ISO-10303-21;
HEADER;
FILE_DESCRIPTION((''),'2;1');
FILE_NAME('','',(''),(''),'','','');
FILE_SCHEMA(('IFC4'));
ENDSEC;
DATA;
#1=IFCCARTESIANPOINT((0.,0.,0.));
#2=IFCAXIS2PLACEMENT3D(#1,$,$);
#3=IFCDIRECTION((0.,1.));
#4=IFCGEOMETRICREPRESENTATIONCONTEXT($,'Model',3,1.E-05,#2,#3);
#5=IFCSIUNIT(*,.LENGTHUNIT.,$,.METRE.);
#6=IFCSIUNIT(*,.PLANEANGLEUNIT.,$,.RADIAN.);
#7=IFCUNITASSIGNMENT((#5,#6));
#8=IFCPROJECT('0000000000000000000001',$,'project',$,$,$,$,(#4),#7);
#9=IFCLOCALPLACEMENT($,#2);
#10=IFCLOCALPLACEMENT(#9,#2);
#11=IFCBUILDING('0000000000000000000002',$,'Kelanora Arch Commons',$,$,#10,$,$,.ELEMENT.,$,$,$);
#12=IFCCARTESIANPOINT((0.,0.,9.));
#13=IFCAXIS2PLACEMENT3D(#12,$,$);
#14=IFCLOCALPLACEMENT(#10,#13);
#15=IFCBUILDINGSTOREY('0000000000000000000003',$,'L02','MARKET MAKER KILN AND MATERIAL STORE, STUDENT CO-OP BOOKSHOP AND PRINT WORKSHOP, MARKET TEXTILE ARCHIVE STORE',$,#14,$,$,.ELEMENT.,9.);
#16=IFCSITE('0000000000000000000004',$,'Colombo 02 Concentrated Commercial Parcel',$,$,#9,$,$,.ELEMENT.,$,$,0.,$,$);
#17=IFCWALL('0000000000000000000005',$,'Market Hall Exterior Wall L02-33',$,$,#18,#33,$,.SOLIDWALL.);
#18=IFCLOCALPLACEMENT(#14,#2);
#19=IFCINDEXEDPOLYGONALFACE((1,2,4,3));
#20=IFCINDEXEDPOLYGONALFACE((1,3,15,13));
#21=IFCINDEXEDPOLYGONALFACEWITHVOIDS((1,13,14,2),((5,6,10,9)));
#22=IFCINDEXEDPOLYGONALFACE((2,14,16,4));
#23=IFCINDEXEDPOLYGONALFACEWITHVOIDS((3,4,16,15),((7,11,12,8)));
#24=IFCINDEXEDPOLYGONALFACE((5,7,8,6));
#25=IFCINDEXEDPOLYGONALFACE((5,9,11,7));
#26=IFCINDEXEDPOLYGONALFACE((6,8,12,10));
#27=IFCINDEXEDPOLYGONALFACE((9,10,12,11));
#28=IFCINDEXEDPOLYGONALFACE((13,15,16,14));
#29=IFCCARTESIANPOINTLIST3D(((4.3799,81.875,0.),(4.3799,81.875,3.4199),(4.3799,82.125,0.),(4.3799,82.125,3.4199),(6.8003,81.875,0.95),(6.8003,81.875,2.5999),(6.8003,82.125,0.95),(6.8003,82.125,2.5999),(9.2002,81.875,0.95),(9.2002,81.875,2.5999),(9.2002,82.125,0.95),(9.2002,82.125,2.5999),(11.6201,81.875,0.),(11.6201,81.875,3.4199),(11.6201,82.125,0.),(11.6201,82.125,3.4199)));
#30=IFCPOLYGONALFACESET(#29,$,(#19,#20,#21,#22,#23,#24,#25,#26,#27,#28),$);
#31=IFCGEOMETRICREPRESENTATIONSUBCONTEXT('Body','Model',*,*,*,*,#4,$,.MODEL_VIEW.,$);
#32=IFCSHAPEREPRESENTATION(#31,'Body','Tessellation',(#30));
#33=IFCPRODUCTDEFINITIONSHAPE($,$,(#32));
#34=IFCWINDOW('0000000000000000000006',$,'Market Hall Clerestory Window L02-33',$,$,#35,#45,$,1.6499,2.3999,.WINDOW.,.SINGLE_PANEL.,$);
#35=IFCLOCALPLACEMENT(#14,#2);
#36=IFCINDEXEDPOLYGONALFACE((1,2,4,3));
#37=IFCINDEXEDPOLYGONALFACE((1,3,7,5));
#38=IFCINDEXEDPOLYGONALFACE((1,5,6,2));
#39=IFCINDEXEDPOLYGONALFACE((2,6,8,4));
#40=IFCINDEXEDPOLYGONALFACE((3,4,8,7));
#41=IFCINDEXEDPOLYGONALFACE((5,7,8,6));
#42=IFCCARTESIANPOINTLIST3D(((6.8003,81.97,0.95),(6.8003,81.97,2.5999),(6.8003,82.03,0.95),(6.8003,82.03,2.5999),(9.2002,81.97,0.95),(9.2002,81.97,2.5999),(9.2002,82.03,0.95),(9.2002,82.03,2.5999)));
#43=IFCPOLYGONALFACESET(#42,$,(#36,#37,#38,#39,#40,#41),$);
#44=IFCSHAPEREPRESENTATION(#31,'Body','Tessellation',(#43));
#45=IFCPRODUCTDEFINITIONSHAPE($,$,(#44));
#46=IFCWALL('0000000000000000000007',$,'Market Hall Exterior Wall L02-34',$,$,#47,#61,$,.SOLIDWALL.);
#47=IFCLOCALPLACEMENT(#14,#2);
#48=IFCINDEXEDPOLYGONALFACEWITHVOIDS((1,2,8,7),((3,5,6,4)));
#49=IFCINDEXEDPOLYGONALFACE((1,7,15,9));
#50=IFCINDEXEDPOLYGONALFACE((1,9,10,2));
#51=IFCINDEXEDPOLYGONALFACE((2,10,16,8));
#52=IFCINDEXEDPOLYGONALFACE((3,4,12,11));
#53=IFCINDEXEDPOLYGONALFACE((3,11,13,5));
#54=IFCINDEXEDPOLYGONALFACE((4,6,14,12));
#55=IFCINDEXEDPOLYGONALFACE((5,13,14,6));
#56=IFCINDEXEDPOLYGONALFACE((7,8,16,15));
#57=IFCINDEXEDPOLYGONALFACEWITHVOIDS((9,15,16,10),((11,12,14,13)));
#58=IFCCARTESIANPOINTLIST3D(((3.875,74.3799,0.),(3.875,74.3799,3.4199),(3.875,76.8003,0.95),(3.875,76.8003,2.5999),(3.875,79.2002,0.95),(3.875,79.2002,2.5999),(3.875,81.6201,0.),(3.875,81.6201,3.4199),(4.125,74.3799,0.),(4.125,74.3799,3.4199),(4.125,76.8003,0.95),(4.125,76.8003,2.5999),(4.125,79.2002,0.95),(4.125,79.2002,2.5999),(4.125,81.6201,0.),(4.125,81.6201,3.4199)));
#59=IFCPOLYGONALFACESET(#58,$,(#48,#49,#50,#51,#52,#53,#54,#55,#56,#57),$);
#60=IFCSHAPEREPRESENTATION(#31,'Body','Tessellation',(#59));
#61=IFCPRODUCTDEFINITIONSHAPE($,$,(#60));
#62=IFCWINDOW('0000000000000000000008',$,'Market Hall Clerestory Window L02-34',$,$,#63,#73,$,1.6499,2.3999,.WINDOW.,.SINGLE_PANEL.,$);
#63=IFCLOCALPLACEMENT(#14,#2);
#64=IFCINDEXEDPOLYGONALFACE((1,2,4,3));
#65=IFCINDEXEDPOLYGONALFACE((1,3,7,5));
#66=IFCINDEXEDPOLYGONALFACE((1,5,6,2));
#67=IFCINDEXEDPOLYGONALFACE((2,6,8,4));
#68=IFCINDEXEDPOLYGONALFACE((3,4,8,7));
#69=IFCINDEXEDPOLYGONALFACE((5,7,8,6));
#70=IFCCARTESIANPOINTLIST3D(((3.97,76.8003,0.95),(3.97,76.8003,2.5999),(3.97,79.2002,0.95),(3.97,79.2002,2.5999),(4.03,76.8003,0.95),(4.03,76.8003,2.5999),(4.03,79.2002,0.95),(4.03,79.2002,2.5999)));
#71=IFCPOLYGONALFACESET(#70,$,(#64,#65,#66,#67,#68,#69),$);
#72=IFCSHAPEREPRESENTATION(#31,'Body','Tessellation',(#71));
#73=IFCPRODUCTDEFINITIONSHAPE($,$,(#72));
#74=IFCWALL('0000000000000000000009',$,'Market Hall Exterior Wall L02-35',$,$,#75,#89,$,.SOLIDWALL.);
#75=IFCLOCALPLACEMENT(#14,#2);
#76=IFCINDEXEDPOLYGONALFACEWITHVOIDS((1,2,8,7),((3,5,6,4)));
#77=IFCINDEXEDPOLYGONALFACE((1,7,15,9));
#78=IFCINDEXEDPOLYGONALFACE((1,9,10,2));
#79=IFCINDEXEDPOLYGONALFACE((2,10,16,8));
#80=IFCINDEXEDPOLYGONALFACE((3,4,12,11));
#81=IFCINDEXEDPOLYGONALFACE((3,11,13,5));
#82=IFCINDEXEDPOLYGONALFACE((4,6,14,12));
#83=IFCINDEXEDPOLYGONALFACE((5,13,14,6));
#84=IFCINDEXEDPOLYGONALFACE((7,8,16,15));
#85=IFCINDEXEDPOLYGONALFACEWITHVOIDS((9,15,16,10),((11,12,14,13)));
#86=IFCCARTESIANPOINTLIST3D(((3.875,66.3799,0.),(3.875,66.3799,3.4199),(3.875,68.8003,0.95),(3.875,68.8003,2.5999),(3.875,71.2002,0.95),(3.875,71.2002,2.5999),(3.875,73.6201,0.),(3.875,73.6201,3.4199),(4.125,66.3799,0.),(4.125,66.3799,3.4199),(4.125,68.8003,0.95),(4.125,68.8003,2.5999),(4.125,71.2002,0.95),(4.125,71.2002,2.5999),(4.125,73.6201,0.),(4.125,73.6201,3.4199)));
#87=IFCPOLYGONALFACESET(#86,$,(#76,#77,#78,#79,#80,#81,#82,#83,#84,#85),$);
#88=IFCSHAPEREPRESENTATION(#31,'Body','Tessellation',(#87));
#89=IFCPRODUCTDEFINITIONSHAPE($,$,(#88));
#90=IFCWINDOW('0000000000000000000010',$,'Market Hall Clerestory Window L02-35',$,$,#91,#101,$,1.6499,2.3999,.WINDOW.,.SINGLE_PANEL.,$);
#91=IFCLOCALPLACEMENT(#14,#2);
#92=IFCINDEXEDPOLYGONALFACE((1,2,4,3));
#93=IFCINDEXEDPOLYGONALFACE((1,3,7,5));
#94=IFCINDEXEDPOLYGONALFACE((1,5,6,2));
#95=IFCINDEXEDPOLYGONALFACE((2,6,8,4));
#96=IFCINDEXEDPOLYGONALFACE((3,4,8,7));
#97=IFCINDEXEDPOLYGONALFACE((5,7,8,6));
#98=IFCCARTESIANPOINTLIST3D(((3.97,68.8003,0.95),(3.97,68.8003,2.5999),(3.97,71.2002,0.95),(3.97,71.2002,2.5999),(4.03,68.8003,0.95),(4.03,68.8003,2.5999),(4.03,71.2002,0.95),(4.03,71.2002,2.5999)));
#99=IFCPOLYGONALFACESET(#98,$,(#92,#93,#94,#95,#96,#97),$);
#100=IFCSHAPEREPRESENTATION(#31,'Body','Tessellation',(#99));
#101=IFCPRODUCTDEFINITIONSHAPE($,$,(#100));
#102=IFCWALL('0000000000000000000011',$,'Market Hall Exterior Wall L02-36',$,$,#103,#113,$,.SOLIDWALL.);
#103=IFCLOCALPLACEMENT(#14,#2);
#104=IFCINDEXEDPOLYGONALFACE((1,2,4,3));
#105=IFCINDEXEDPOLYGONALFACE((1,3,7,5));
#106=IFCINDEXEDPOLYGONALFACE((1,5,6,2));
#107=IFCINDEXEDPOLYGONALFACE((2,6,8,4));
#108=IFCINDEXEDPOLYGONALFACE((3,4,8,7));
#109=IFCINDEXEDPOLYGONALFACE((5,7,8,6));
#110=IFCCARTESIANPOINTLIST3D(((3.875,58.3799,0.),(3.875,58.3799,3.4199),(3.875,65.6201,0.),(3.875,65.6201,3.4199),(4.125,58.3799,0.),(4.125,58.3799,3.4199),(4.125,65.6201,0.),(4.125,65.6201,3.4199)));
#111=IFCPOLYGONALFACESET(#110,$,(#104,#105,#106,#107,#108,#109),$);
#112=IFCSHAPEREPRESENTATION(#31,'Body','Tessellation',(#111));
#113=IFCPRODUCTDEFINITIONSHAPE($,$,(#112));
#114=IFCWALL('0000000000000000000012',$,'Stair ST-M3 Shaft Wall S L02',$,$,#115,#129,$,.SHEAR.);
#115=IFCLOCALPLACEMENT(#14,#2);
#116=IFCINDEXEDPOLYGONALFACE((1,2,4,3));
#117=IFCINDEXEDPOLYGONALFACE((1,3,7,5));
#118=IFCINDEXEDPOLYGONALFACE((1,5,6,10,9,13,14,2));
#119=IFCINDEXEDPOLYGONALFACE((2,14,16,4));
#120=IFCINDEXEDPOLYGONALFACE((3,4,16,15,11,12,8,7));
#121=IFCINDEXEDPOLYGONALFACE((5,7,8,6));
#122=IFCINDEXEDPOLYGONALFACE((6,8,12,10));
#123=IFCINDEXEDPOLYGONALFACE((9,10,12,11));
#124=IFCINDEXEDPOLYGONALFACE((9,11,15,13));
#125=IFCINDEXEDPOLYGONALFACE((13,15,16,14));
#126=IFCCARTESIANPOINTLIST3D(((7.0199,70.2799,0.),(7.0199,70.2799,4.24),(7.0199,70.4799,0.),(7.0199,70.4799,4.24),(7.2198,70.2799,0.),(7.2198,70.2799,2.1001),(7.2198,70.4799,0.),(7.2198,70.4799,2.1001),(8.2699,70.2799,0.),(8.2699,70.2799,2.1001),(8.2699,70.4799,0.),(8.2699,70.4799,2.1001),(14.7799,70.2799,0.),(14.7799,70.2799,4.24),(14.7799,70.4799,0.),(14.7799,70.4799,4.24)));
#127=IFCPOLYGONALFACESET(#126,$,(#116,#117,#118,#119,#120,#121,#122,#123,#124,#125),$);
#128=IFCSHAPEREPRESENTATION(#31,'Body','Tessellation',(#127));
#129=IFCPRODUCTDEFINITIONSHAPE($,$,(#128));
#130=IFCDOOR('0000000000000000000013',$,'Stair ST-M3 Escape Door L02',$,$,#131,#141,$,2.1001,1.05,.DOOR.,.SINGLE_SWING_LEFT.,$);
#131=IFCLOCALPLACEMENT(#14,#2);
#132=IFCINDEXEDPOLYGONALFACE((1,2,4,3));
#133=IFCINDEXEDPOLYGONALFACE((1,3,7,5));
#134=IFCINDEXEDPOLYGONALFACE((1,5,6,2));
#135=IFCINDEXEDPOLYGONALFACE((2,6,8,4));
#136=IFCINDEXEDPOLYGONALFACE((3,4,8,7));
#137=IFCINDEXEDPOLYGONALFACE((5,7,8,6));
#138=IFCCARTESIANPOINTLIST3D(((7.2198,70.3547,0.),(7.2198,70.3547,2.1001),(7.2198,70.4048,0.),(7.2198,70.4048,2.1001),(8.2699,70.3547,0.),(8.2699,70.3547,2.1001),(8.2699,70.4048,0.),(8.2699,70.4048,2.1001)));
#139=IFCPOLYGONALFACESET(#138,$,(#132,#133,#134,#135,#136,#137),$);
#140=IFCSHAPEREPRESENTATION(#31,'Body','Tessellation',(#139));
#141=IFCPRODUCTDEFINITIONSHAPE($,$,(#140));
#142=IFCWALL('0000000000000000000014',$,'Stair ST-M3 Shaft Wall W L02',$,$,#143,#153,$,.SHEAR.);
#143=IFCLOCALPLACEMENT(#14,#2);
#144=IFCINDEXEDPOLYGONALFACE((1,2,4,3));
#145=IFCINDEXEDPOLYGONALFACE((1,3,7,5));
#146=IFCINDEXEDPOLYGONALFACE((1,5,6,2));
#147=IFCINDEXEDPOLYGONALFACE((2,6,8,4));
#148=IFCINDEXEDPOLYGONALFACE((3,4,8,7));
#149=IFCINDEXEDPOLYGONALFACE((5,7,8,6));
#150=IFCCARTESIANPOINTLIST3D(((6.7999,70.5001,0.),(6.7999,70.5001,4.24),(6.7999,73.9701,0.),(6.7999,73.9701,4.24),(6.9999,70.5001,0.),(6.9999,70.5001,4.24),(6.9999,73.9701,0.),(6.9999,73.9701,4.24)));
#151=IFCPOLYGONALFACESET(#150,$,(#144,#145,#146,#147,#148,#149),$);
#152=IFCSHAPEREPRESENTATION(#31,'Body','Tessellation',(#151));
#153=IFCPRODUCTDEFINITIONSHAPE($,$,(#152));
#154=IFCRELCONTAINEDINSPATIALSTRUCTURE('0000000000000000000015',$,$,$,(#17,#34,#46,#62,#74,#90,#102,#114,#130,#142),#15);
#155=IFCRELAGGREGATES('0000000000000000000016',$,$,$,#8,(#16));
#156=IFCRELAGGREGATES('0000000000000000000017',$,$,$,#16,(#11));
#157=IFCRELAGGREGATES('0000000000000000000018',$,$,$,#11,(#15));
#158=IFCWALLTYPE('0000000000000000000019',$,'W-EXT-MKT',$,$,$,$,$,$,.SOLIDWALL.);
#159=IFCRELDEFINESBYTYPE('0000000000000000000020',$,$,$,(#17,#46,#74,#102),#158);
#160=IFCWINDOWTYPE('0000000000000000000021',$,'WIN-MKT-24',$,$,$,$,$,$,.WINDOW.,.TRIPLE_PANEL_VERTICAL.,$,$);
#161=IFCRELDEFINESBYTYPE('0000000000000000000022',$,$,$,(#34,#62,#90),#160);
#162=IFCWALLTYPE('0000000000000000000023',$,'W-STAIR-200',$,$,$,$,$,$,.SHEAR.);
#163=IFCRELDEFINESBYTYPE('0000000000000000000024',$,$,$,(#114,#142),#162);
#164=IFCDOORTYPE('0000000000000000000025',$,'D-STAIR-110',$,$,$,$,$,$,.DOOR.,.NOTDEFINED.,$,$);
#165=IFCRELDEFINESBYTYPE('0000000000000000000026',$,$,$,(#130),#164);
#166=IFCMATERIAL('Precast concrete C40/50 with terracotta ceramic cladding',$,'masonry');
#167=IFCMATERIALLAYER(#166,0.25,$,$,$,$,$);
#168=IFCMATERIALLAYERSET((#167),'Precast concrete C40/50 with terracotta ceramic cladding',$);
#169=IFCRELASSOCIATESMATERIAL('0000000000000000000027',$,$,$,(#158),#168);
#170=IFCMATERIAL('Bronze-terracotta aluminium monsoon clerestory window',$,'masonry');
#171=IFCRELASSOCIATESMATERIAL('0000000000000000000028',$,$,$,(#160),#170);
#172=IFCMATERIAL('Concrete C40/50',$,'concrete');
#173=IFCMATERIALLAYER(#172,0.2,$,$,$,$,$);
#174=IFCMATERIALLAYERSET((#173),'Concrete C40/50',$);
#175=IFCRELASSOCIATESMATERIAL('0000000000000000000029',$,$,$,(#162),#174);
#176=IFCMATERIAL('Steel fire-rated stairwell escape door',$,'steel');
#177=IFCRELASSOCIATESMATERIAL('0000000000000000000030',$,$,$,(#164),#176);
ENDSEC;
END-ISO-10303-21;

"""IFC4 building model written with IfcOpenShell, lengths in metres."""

from ifc_helpers import new_model, si_unit, direction, frame, frame_2d, origin, place, context, subcontext, project, spatial, rectangle, extrude, material, layer, layer_set, type_object, element, fill, save


model = new_model("IFC4")

# Units and contexts
model_context = context("Model", 3, precision=1e-05, world=origin(), true_north=direction((0.0, 1.0)))
body_context = subcontext(model_context, "Body", "Model", "MODEL_VIEW")
ifc_project = project(units=[si_unit("LENGTHUNIT", "METRE"), si_unit("PLANEANGLEUNIT", "RADIAN")], contexts=[model_context])

# Site, building, storey
site_placement = place(None, origin())
site = spatial("IfcSite", under=ifc_project, at=site_placement, Name="Colombo 02 Concentrated Commercial Parcel", CompositionType="ELEMENT", RefElevation=0.0)
building_placement = place(site_placement, origin())
building = spatial("IfcBuilding", under=site, at=building_placement, Name="Kelanora Arch Commons", CompositionType="ELEMENT")
storey_placement = place(building_placement, frame((0.0, 0.0, 9.0)))
storey = spatial("IfcBuildingStorey", under=building, at=storey_placement, Name="L02", Description="MARKET MAKER KILN AND MATERIAL STORE, STUDENT CO-OP BOOKSHOP AND PRINT WORKSHOP, MARKET TEXTILE ARCHIVE STORE", CompositionType="ELEMENT", Elevation=9.0)

# Shared definitions
ifc_material_1 = material(Name="Concrete C40/50", Category="concrete")

# Walls, openings, windows
ifc_material_2 = material(Name="Precast concrete C40/50 with terracotta ceramic cladding", Category="masonry")
ifc_layer_1 = layer(ifc_material_2, 0.25)
ifc_layer_set_1 = layer_set([ifc_layer_1], Name="Precast concrete C40/50 with terracotta ceramic cladding")
wall_type_1 = type_object("IfcWallType", Name="W-EXT-MKT", PredefinedType="SOLIDWALL", material=ifc_layer_set_1)
wall_1_placement = place(storey_placement, frame((11.6201, 82.0, 0.0), z_axis=(0.0, 0.0, 1.0), x_axis=(-1.0, 0.0, 0.0)))
wall_1 = element("IfcWall", 1, at=wall_1_placement, inside=storey, type_object=wall_type_1, Name="Market Hall Exterior Wall L02-33", PredefinedType="SOLIDWALL", context=body_context, shape_type="SweptSolid", body=[
    extrude(rectangle(XDim=7.2402, YDim=0.25, at=frame_2d((3.6201, 0.0))), origin(), (0.0, 0.0, 1.0), 3.4199),
])
opening_1_placement = place(wall_1_placement, frame((2.4199, 0.0, 0.95)))
opening_1 = element("IfcOpeningElement", 2, at=opening_1_placement, cuts=wall_1, PredefinedType="OPENING", context=body_context, shape_type="SweptSolid", body=[
    extrude(rectangle(XDim=2.3999, YDim=1.6499, at=frame_2d((1.2, 0.825))), frame((0.0, 0.135, 0.0), z_axis=(0.0, -1.0, 0.0), x_axis=(1.0, 0.0, 0.0)), (0.0, 0.0, 1.0), 0.27),
])
ifc_material_3 = material(Name="Bronze-terracotta aluminium monsoon clerestory window", Category="masonry")
window_type = type_object("IfcWindowType", Name="WIN-MKT-24", PartitioningType="TRIPLE_PANEL_VERTICAL", PredefinedType="WINDOW", material=ifc_material_3)
window_1_placement = place(opening_1_placement, origin())
window_1 = element("IfcWindow", 3, at=window_1_placement, inside=storey, type_object=window_type, Name="Market Hall Clerestory Window L02-33", OverallHeight=1.6499, OverallWidth=2.3999, PartitioningType="SINGLE_PANEL", PredefinedType="WINDOW", context=body_context, shape_type="SweptSolid", body=[
    extrude(rectangle(XDim=2.3999, YDim=1.6499, at=frame_2d((1.2, 0.825))), frame((0.0, 0.03, 0.0), z_axis=(0.0, -1.0, 0.0), x_axis=(1.0, 0.0, 0.0)), (0.0, 0.0, 1.0), 0.0601),
])
fill(opening_1, window_1)
wall_2_placement = place(storey_placement, frame((4.0, 81.6201, 0.0), z_axis=(0.0, 0.0, 1.0), x_axis=(0.0, -1.0, 0.0)))
wall_2 = element("IfcWall", 4, at=wall_2_placement, inside=storey, type_object=wall_type_1, Name="Market Hall Exterior Wall L02-34", PredefinedType="SOLIDWALL", context=body_context, shape_type="SweptSolid", body=[
    extrude(rectangle(XDim=7.2402, YDim=0.25, at=frame_2d((3.6201, 0.0))), origin(), (0.0, 0.0, 1.0), 3.4199),
])
opening_2_placement = place(wall_2_placement, frame((2.4199, 0.0, 0.95)))
opening_2 = element("IfcOpeningElement", 5, at=opening_2_placement, cuts=wall_2, PredefinedType="OPENING", context=body_context, shape_type="SweptSolid", body=[
    extrude(rectangle(XDim=2.3999, YDim=1.6499, at=frame_2d((1.2, 0.825))), frame((0.0, 0.135, 0.0), z_axis=(0.0, -1.0, 0.0), x_axis=(1.0, 0.0, 0.0)), (0.0, 0.0, 1.0), 0.27),
])
window_2_placement = place(opening_2_placement, origin())
window_2 = element("IfcWindow", 6, at=window_2_placement, inside=storey, type_object=window_type, Name="Market Hall Clerestory Window L02-34", OverallHeight=1.6499, OverallWidth=2.3999, PartitioningType="SINGLE_PANEL", PredefinedType="WINDOW", context=body_context, shape_type="SweptSolid", body=[
    extrude(rectangle(XDim=2.3999, YDim=1.6499, at=frame_2d((1.2, 0.825))), frame((0.0, 0.03, 0.0), z_axis=(0.0, -1.0, 0.0), x_axis=(1.0, 0.0, 0.0)), (0.0, 0.0, 1.0), 0.0601),
])
fill(opening_2, window_2)
wall_3_placement = place(storey_placement, frame((4.0, 73.6201, 0.0), z_axis=(0.0, 0.0, 1.0), x_axis=(0.0, -1.0, 0.0)))
wall_3 = element("IfcWall", 7, at=wall_3_placement, inside=storey, type_object=wall_type_1, Name="Market Hall Exterior Wall L02-35", PredefinedType="SOLIDWALL", context=body_context, shape_type="SweptSolid", body=[
    extrude(rectangle(XDim=7.2402, YDim=0.25, at=frame_2d((3.6201, 0.0))), origin(), (0.0, 0.0, 1.0), 3.4199),
])
opening_3_placement = place(wall_3_placement, frame((2.4199, 0.0, 0.95)))
opening_3 = element("IfcOpeningElement", 8, at=opening_3_placement, cuts=wall_3, PredefinedType="OPENING", context=body_context, shape_type="SweptSolid", body=[
    extrude(rectangle(XDim=2.3999, YDim=1.6499, at=frame_2d((1.2, 0.825))), frame((0.0, 0.135, 0.0), z_axis=(0.0, -1.0, 0.0), x_axis=(1.0, 0.0, 0.0)), (0.0, 0.0, 1.0), 0.27),
])
window_3_placement = place(opening_3_placement, origin())
window_3 = element("IfcWindow", 9, at=window_3_placement, inside=storey, type_object=window_type, Name="Market Hall Clerestory Window L02-35", OverallHeight=1.6499, OverallWidth=2.3999, PartitioningType="SINGLE_PANEL", PredefinedType="WINDOW", context=body_context, shape_type="SweptSolid", body=[
    extrude(rectangle(XDim=2.3999, YDim=1.6499, at=frame_2d((1.2, 0.825))), frame((0.0, 0.03, 0.0), z_axis=(0.0, -1.0, 0.0), x_axis=(1.0, 0.0, 0.0)), (0.0, 0.0, 1.0), 0.0601),
])
fill(opening_3, window_3)

# Wall
wall_4_placement = place(storey_placement, frame((4.0, 65.6201, 0.0), z_axis=(0.0, 0.0, 1.0), x_axis=(0.0, -1.0, 0.0)))
element("IfcWall", 10, at=wall_4_placement, inside=storey, type_object=wall_type_1, Name="Market Hall Exterior Wall L02-36", PredefinedType="SOLIDWALL", context=body_context, shape_type="SweptSolid", body=[
    extrude(rectangle(XDim=7.2402, YDim=0.25, at=frame_2d((3.6201, 0.0))), origin(), (0.0, 0.0, 1.0), 3.4199),
])

# Wall, opening, door
ifc_layer_2 = layer(ifc_material_1, 0.2)
ifc_layer_set_2 = layer_set([ifc_layer_2], Name="Concrete C40/50")
wall_type_2 = type_object("IfcWallType", Name="W-STAIR-200", PredefinedType="SHEAR", material=ifc_layer_set_2)
wall_5_placement = place(storey_placement, frame((7.02, 70.3799, 0.0), z_axis=(0.0, 0.0, 1.0), x_axis=(1.0, 0.0, 0.0)))
wall_5 = element("IfcWall", 11, at=wall_5_placement, inside=storey, type_object=wall_type_2, Name="Stair ST-M3 Shaft Wall S L02", PredefinedType="SHEAR", context=body_context, shape_type="SweptSolid", body=[
    extrude(rectangle(XDim=7.76, YDim=0.2, at=frame_2d((3.8799, 0.0))), origin(), (0.0, 0.0, 1.0), 4.24),
])
opening_4_placement = place(wall_5_placement, frame((0.2, 0.0, 0.0)))
opening_4 = element("IfcOpeningElement", 12, at=opening_4_placement, cuts=wall_5, PredefinedType="OPENING", context=body_context, shape_type="SweptSolid", body=[
    extrude(rectangle(XDim=1.05, YDim=2.1001, at=frame_2d((0.5249, 1.05))), frame((0.0, 0.1099, 0.0), z_axis=(0.0, -1.0, 0.0), x_axis=(1.0, 0.0, 0.0)), (0.0, 0.0, 1.0), 0.22),
])
ifc_material_4 = material(Name="Steel fire-rated stairwell escape door", Category="steel")
door_type = type_object("IfcDoorType", Name="D-STAIR-110", OperationType="NOTDEFINED", PredefinedType="DOOR", material=ifc_material_4)
door_placement = place(opening_4_placement, origin())
door = element("IfcDoor", 13, at=door_placement, inside=storey, type_object=door_type, Name="Stair ST-M3 Escape Door L02", OperationType="SINGLE_SWING_LEFT", OverallHeight=2.1001, OverallWidth=1.05, PredefinedType="DOOR", context=body_context, shape_type="SweptSolid", body=[
    extrude(rectangle(XDim=1.05, YDim=2.1001, at=frame_2d((0.5249, 1.05))), frame((0.0, 0.0249, 0.0), z_axis=(0.0, -1.0, 0.0), x_axis=(1.0, 0.0, 0.0)), (0.0, 0.0, 1.0), 0.05),
])
fill(opening_4, door)

# Wall
wall_6_placement = place(storey_placement, frame((6.8999, 73.97, 0.0), z_axis=(0.0, 0.0, 1.0), x_axis=(0.0, -1.0, 0.0)))
element("IfcWall", 14, at=wall_6_placement, inside=storey, type_object=wall_type_2, Name="Stair ST-M3 Shaft Wall W L02", PredefinedType="SHEAR", context=body_context, shape_type="SweptSolid", body=[
    extrude(rectangle(XDim=3.47, YDim=0.2, at=frame_2d((1.7349, 0.0))), origin(), (0.0, 0.0, 1.0), 4.24),
])

save(model, "model.ifc")
